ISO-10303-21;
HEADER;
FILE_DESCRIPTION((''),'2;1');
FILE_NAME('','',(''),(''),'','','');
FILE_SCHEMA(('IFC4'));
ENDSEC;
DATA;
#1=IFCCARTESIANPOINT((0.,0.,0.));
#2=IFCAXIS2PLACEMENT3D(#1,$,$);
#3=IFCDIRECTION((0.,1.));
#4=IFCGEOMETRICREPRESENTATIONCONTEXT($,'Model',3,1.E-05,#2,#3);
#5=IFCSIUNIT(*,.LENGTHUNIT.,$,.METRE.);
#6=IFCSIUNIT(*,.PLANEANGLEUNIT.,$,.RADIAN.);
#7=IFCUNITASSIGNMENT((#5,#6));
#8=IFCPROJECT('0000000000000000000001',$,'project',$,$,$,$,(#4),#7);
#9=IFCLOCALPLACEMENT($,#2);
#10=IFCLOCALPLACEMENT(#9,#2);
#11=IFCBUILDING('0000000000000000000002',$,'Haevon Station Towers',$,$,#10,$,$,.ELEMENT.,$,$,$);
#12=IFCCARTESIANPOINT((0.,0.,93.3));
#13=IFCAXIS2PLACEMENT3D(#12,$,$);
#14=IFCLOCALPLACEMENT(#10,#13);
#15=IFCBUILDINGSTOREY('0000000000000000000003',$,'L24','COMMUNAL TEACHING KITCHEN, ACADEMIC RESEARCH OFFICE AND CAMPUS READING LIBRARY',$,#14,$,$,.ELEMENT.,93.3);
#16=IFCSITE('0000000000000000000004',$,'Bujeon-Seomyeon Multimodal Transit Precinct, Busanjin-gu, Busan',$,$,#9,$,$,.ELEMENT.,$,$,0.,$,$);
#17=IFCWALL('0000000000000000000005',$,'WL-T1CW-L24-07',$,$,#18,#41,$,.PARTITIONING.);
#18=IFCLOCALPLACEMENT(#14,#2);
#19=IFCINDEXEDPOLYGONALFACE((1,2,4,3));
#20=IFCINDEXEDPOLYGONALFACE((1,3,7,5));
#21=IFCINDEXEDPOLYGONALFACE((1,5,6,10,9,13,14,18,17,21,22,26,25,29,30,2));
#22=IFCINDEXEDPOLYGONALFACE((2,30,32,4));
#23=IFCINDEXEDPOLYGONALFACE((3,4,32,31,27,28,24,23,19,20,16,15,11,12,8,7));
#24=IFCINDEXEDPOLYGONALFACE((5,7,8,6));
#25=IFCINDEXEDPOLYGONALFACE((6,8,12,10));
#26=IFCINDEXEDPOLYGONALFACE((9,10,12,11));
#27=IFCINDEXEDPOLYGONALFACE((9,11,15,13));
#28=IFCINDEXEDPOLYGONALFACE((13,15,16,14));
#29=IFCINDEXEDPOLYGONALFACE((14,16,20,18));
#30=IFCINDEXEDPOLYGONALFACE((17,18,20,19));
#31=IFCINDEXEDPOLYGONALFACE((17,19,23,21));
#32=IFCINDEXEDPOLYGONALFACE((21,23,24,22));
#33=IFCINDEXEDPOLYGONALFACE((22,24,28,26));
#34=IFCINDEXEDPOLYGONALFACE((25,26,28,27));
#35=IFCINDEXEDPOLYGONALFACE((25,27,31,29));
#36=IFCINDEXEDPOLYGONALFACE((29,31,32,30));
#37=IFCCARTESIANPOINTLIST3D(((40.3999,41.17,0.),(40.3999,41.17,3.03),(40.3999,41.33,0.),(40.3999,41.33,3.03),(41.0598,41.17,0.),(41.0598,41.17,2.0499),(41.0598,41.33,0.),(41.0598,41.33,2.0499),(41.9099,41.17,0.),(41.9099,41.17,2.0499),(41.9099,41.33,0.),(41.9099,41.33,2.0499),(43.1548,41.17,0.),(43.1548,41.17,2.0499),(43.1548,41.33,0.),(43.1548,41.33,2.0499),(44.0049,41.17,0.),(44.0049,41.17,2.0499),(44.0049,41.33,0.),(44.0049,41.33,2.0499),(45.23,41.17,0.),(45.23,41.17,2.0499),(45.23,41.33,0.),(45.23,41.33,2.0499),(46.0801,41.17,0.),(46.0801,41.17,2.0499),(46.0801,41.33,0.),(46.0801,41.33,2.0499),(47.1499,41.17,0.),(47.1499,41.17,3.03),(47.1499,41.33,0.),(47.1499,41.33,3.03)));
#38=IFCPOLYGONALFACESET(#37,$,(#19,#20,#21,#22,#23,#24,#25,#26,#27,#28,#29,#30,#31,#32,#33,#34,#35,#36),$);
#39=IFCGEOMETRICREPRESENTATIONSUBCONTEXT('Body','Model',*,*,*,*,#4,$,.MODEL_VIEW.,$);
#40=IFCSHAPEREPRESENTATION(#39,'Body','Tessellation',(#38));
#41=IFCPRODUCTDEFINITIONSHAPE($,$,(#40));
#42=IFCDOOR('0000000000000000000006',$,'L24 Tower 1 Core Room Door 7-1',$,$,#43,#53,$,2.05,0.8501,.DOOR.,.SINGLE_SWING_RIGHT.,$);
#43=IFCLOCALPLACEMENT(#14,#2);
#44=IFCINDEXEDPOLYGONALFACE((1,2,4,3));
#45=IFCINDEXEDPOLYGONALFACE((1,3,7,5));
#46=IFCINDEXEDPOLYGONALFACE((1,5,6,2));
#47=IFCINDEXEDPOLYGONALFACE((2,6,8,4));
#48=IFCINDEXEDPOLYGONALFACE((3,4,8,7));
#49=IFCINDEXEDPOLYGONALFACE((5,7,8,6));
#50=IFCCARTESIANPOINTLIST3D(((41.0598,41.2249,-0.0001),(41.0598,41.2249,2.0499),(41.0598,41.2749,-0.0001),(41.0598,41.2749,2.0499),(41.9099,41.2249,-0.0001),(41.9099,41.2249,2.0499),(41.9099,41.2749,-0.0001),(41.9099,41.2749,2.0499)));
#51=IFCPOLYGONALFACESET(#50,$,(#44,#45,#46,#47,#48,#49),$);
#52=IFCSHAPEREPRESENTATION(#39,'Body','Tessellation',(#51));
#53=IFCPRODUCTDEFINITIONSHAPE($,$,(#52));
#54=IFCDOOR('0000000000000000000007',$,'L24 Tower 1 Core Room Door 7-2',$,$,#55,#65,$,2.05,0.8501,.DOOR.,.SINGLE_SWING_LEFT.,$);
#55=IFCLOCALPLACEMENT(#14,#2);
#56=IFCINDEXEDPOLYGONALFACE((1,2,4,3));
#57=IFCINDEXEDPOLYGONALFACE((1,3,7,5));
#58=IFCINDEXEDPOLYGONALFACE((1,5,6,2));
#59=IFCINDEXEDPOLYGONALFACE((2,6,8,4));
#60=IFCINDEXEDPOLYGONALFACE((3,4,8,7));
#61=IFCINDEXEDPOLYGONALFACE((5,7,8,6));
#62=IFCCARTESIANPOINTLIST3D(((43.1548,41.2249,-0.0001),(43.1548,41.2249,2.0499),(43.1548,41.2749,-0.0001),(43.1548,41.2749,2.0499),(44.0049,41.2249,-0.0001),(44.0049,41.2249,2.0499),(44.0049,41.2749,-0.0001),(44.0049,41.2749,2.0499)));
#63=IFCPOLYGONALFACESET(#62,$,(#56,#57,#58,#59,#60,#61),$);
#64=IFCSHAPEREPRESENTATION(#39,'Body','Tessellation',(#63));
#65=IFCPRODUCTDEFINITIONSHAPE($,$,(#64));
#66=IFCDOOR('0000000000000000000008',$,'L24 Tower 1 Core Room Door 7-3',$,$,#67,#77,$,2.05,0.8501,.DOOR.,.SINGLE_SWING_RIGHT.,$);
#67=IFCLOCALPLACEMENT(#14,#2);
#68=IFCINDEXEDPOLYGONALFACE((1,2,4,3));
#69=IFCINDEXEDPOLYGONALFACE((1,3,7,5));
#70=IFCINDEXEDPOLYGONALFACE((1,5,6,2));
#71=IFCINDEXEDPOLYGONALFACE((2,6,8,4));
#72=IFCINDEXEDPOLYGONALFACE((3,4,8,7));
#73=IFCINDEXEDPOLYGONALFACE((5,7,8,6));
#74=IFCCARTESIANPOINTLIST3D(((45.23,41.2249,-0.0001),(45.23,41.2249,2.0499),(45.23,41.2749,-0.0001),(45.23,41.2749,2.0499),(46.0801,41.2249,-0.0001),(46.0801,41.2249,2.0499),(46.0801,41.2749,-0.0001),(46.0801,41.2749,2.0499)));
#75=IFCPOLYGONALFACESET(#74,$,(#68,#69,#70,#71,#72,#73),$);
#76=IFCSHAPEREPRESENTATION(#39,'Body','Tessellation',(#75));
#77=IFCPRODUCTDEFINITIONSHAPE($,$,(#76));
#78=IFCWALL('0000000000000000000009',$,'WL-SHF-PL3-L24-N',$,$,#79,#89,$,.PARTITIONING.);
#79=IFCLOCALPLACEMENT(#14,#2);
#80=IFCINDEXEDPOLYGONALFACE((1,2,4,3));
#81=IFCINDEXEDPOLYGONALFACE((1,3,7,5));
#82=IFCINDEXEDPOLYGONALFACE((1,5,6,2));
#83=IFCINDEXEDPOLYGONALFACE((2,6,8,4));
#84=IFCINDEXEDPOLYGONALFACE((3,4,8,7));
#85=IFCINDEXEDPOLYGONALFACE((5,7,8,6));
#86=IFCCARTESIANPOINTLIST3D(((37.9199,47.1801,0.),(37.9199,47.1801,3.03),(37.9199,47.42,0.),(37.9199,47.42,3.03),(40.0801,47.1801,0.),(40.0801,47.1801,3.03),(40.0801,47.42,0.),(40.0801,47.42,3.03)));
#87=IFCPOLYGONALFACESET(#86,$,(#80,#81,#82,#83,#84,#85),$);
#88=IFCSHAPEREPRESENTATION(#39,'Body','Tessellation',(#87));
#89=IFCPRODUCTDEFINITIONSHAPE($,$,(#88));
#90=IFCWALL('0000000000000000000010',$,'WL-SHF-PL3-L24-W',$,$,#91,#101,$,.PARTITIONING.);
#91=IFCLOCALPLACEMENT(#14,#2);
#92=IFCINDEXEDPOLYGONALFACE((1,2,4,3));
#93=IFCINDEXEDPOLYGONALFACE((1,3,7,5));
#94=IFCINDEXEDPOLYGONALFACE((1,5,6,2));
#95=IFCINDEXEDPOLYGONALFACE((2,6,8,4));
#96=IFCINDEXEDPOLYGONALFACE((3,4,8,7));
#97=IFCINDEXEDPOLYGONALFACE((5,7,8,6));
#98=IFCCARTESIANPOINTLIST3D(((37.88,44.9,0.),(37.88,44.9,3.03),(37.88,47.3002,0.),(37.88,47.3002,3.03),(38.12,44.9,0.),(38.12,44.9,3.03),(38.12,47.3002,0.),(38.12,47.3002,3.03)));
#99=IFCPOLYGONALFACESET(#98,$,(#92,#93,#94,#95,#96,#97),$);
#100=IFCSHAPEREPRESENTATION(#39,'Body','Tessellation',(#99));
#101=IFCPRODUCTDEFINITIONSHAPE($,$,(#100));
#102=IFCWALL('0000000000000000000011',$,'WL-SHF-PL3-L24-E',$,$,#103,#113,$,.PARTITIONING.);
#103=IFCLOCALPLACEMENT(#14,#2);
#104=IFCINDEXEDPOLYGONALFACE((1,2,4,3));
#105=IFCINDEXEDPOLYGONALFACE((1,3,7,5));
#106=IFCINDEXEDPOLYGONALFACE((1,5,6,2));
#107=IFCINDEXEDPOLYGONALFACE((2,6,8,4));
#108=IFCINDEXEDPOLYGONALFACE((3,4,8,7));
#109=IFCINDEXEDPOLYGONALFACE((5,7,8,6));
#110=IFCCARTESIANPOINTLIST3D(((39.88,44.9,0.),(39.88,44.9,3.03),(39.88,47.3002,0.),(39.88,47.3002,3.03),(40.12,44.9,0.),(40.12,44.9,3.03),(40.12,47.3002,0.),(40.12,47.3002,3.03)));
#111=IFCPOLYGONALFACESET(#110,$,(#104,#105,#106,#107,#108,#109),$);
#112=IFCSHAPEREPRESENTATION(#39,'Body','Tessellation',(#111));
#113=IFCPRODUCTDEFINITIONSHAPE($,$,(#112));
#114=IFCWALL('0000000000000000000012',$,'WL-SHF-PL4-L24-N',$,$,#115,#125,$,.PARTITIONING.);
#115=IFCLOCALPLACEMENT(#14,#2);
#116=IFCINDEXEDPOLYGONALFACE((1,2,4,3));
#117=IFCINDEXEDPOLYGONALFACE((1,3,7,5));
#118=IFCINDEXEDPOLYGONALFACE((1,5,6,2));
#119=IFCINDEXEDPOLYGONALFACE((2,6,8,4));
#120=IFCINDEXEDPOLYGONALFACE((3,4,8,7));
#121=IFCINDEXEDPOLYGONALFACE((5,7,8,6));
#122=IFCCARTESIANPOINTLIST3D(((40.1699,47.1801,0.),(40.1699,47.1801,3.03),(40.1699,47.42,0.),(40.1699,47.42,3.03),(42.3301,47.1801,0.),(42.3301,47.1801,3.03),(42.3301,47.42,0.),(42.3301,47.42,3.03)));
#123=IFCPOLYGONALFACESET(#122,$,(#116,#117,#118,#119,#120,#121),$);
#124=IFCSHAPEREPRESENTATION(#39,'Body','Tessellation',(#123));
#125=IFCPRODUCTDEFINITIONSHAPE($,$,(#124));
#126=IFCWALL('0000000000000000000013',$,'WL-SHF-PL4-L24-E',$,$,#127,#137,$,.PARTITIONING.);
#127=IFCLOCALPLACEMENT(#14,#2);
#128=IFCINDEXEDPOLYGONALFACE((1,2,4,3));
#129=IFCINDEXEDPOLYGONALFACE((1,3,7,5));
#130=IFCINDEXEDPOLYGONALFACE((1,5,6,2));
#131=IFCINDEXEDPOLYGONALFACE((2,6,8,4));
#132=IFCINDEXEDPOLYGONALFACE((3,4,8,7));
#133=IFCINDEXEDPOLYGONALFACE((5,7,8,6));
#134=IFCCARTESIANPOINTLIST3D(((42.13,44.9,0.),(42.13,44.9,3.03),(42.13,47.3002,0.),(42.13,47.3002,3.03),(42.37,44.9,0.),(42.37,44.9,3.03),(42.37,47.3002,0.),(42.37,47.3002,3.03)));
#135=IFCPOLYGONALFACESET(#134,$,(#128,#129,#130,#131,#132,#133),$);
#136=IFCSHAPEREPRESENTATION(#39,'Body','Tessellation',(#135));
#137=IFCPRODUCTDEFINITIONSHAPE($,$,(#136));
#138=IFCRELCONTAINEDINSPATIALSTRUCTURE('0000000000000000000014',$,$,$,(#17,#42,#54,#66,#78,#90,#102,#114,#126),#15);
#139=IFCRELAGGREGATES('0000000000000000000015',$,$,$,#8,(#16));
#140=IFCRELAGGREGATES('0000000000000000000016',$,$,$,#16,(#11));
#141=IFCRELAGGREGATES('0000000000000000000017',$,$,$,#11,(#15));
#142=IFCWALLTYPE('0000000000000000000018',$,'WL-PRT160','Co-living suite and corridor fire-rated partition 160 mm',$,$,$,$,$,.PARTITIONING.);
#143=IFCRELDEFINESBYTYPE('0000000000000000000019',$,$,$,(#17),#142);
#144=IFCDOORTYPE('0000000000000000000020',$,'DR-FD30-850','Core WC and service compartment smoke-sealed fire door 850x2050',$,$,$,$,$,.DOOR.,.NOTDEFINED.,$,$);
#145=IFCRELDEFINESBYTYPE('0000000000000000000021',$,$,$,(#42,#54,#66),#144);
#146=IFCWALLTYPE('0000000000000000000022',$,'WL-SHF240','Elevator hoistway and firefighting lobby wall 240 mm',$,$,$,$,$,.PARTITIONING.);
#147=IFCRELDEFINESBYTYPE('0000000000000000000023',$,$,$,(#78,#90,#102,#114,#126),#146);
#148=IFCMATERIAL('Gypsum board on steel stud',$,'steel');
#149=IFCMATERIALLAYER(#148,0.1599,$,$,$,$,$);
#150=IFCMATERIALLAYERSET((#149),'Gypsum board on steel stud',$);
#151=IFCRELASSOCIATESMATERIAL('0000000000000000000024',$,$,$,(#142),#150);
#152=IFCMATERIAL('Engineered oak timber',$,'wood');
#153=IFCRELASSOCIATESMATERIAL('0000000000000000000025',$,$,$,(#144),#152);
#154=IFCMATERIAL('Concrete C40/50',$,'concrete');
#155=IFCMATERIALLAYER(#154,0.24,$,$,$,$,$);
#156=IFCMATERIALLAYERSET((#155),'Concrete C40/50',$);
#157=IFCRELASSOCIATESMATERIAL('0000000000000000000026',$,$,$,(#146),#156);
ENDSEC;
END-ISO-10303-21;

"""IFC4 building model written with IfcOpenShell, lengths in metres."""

from ifc_helpers import new_model, si_unit, direction, frame, frame_2d, origin, place, context, subcontext, project, spatial, rectangle, extrude, material, layer, layer_set, type_object, element, fill, save


model = new_model("IFC4")

# Units and contexts
model_context = context("Model", 3, precision=1e-05, world=origin(), true_north=direction((0.0, 1.0)))
body_context = subcontext(model_context, "Body", "Model", "MODEL_VIEW")
ifc_project = project(units=[si_unit("LENGTHUNIT", "METRE"), si_unit("PLANEANGLEUNIT", "RADIAN")], contexts=[model_context])

# Site, building, storey
site_placement = place(None, origin())
site = spatial("IfcSite", under=ifc_project, at=site_placement, Name="Bujeon-Seomyeon Multimodal Transit Precinct, Busanjin-gu, Busan", CompositionType="ELEMENT", RefElevation=0.0)
building_placement = place(site_placement, origin())
building = spatial("IfcBuilding", under=site, at=building_placement, Name="Haevon Station Towers", CompositionType="ELEMENT")
storey_placement = place(building_placement, frame((0.0, 0.0, 93.3)))
storey = spatial("IfcBuildingStorey", under=building, at=storey_placement, Name="L24", Description="COMMUNAL TEACHING KITCHEN, ACADEMIC RESEARCH OFFICE AND CAMPUS READING LIBRARY", CompositionType="ELEMENT", Elevation=93.3)

# Wall, openings, doors
ifc_material_1 = material(Name="Gypsum board on steel stud", Category="steel")
ifc_layer_1 = layer(ifc_material_1, 0.1599)
ifc_layer_set_1 = layer_set([ifc_layer_1], Name="Gypsum board on steel stud")
wall_type_1 = type_object("IfcWallType", Name="WL-PRT160", Description="Co-living suite and corridor fire-rated partition 160 mm", PredefinedType="PARTITIONING", material=ifc_layer_set_1)
wall_1_placement = place(storey_placement, frame((40.3999, 41.25, 0.0), z_axis=(0.0, 0.0, 1.0), x_axis=(1.0, 0.0, 0.0)))
wall_1 = element("IfcWall", 1, at=wall_1_placement, inside=storey, type_object=wall_type_1, Name="WL-T1CW-L24-07", PredefinedType="PARTITIONING", context=body_context, shape_type="SweptSolid", body=[
    extrude(rectangle(XDim=6.75, YDim=0.1599, at=frame_2d((3.375, 0.0))), origin(), (0.0, 0.0, 1.0), 3.03),
])
opening_1_placement = place(wall_1_placement, frame((0.6599, 0.0, 0.0)))
opening_1 = element("IfcOpeningElement", 2, at=opening_1_placement, cuts=wall_1, PredefinedType="OPENING", context=body_context, shape_type="SweptSolid", body=[
    extrude(rectangle(XDim=0.8501, YDim=2.05, at=frame_2d((0.425, 1.0249))), frame((0.0, 0.0898, 0.0), z_axis=(0.0, -1.0, 0.0), x_axis=(1.0, 0.0, 0.0)), (0.0, 0.0, 1.0), 0.1799),
])
opening_2_placement = place(wall_1_placement, frame((2.7549, 0.0, 0.0)))
opening_2 = element("IfcOpeningElement", 3, at=opening_2_placement, cuts=wall_1, PredefinedType="OPENING", context=body_context, shape_type="SweptSolid", body=[
    extrude(rectangle(XDim=0.8501, YDim=2.05, at=frame_2d((0.425, 1.0249))), frame((0.0, 0.0898, 0.0), z_axis=(0.0, -1.0, 0.0), x_axis=(1.0, 0.0, 0.0)), (0.0, 0.0, 1.0), 0.1799),
])
opening_3_placement = place(wall_1_placement, frame((4.8301, 0.0, 0.0)))
opening_3 = element("IfcOpeningElement", 4, at=opening_3_placement, cuts=wall_1, PredefinedType="OPENING", context=body_context, shape_type="SweptSolid", body=[
    extrude(rectangle(XDim=0.8501, YDim=2.05, at=frame_2d((0.425, 1.0249))), frame((0.0, 0.0898, 0.0), z_axis=(0.0, -1.0, 0.0), x_axis=(1.0, 0.0, 0.0)), (0.0, 0.0, 1.0), 0.1799),
])
ifc_material_2 = material(Name="Engineered oak timber", Category="wood")
door_type_1 = type_object("IfcDoorType", Name="DR-FD30-850", Description="Core WC and service compartment smoke-sealed fire door 850x2050", OperationType="NOTDEFINED", PredefinedType="DOOR", material=ifc_material_2)
door_1_placement = place(opening_1_placement, origin())
door_1 = element("IfcDoor", 5, at=door_1_placement, inside=storey, type_object=door_type_1, Name="L24 Tower 1 Core Room Door 7-1", OperationType="SINGLE_SWING_RIGHT", OverallHeight=2.05, OverallWidth=0.8501, PredefinedType="DOOR", context=body_context, shape_type="SweptSolid", body=[
    extrude(rectangle(XDim=0.8501, YDim=2.05, at=frame_2d((0.425, 1.0249))), frame((0.0, 0.0249, 0.0), z_axis=(0.0, -1.0, 0.0), x_axis=(1.0, 0.0, 0.0)), (0.0, 0.0, 1.0), 0.05),
])
fill(opening_1, door_1)
door_2_placement = place(opening_2_placement, origin())
door_2 = element("IfcDoor", 6, at=door_2_placement, inside=storey, type_object=door_type_1, Name="L24 Tower 1 Core Room Door 7-2", OperationType="SINGLE_SWING_LEFT", OverallHeight=2.05, OverallWidth=0.8501, PredefinedType="DOOR", context=body_context, shape_type="SweptSolid", body=[
    extrude(rectangle(XDim=0.8501, YDim=2.05, at=frame_2d((0.425, 1.0249))), frame((0.0, 0.0249, 0.0), z_axis=(0.0, -1.0, 0.0), x_axis=(1.0, 0.0, 0.0)), (0.0, 0.0, 1.0), 0.05),
])
fill(opening_2, door_2)
door_3_placement = place(opening_3_placement, origin())
door_3 = element("IfcDoor", 7, at=door_3_placement, inside=storey, type_object=door_type_1, Name="L24 Tower 1 Core Room Door 7-3", OperationType="SINGLE_SWING_RIGHT", OverallHeight=2.05, OverallWidth=0.8501, PredefinedType="DOOR", context=body_context, shape_type="SweptSolid", body=[
    extrude(rectangle(XDim=0.8501, YDim=2.05, at=frame_2d((0.425, 1.0249))), frame((0.0, 0.0249, 0.0), z_axis=(0.0, -1.0, 0.0), x_axis=(1.0, 0.0, 0.0)), (0.0, 0.0, 1.0), 0.05),
])
fill(opening_3, door_3)

# Shared definitions
ifc_material_3 = material(Name="Concrete C40/50", Category="concrete")
ifc_layer_2 = layer(ifc_material_3, 0.24)
ifc_layer_set_2 = layer_set([ifc_layer_2], Name="Concrete C40/50")
wall_type_2 = type_object("IfcWallType", Name="WL-SHF240", Description="Elevator hoistway and firefighting lobby wall 240 mm", PredefinedType="PARTITIONING", material=ifc_layer_set_2)

# Walls
wall_2_placement = place(storey_placement, frame((37.9199, 47.3, 0.0), z_axis=(0.0, 0.0, 1.0), x_axis=(1.0, 0.0, 0.0)))
element("IfcWall", 8, at=wall_2_placement, inside=storey, type_object=wall_type_2, Name="WL-SHF-PL3-L24-N", PredefinedType="PARTITIONING", context=body_context, shape_type="SweptSolid", body=[
    extrude(rectangle(XDim=2.1602, YDim=0.24, at=frame_2d((1.0801, 0.0))), origin(), (0.0, 0.0, 1.0), 3.03),
])
for number, where, z_axis, x_axis, name in (
    (9, (38.0, 44.8999, 0.0), (0.0, 0.0, 1.0), (0.0, 1.0, 0.0), "WL-SHF-PL3-L24-W"),
    (10, (40.0, 44.8999, 0.0), (0.0, 0.0, 1.0), (0.0, 1.0, 0.0), "WL-SHF-PL3-L24-E"),
):
    element("IfcWall", number, at=place(storey_placement, frame(where, z_axis=z_axis, x_axis=x_axis)), inside=storey, type_object=wall_type_2, Name=name, PredefinedType="PARTITIONING", context=body_context, shape_type="SweptSolid", body=[
        extrude(rectangle(XDim=2.4001, YDim=0.24, at=frame_2d((1.2002, 0.0))), origin(), (0.0, 0.0, 1.0), 3.03),
    ])

# Walls
wall_3_placement = place(storey_placement, frame((40.1699, 47.3, 0.0), z_axis=(0.0, 0.0, 1.0), x_axis=(1.0, 0.0, 0.0)))
element("IfcWall", 11, at=wall_3_placement, inside=storey, type_object=wall_type_2, Name="WL-SHF-PL4-L24-N", PredefinedType="PARTITIONING", context=body_context, shape_type="SweptSolid", body=[
    extrude(rectangle(XDim=2.1602, YDim=0.24, at=frame_2d((1.0801, 0.0))), origin(), (0.0, 0.0, 1.0), 3.03),
])
wall_4_placement = place(storey_placement, frame((42.25, 44.8999, 0.0), z_axis=(0.0, 0.0, 1.0), x_axis=(0.0, 1.0, 0.0)))
element("IfcWall", 12, at=wall_4_placement, inside=storey, type_object=wall_type_2, Name="WL-SHF-PL4-L24-E", PredefinedType="PARTITIONING", context=body_context, shape_type="SweptSolid", body=[
    extrude(rectangle(XDim=2.4001, YDim=0.24, at=frame_2d((1.2002, 0.0))), origin(), (0.0, 0.0, 1.0), 3.03),
])

save(model, "model.ifc")
